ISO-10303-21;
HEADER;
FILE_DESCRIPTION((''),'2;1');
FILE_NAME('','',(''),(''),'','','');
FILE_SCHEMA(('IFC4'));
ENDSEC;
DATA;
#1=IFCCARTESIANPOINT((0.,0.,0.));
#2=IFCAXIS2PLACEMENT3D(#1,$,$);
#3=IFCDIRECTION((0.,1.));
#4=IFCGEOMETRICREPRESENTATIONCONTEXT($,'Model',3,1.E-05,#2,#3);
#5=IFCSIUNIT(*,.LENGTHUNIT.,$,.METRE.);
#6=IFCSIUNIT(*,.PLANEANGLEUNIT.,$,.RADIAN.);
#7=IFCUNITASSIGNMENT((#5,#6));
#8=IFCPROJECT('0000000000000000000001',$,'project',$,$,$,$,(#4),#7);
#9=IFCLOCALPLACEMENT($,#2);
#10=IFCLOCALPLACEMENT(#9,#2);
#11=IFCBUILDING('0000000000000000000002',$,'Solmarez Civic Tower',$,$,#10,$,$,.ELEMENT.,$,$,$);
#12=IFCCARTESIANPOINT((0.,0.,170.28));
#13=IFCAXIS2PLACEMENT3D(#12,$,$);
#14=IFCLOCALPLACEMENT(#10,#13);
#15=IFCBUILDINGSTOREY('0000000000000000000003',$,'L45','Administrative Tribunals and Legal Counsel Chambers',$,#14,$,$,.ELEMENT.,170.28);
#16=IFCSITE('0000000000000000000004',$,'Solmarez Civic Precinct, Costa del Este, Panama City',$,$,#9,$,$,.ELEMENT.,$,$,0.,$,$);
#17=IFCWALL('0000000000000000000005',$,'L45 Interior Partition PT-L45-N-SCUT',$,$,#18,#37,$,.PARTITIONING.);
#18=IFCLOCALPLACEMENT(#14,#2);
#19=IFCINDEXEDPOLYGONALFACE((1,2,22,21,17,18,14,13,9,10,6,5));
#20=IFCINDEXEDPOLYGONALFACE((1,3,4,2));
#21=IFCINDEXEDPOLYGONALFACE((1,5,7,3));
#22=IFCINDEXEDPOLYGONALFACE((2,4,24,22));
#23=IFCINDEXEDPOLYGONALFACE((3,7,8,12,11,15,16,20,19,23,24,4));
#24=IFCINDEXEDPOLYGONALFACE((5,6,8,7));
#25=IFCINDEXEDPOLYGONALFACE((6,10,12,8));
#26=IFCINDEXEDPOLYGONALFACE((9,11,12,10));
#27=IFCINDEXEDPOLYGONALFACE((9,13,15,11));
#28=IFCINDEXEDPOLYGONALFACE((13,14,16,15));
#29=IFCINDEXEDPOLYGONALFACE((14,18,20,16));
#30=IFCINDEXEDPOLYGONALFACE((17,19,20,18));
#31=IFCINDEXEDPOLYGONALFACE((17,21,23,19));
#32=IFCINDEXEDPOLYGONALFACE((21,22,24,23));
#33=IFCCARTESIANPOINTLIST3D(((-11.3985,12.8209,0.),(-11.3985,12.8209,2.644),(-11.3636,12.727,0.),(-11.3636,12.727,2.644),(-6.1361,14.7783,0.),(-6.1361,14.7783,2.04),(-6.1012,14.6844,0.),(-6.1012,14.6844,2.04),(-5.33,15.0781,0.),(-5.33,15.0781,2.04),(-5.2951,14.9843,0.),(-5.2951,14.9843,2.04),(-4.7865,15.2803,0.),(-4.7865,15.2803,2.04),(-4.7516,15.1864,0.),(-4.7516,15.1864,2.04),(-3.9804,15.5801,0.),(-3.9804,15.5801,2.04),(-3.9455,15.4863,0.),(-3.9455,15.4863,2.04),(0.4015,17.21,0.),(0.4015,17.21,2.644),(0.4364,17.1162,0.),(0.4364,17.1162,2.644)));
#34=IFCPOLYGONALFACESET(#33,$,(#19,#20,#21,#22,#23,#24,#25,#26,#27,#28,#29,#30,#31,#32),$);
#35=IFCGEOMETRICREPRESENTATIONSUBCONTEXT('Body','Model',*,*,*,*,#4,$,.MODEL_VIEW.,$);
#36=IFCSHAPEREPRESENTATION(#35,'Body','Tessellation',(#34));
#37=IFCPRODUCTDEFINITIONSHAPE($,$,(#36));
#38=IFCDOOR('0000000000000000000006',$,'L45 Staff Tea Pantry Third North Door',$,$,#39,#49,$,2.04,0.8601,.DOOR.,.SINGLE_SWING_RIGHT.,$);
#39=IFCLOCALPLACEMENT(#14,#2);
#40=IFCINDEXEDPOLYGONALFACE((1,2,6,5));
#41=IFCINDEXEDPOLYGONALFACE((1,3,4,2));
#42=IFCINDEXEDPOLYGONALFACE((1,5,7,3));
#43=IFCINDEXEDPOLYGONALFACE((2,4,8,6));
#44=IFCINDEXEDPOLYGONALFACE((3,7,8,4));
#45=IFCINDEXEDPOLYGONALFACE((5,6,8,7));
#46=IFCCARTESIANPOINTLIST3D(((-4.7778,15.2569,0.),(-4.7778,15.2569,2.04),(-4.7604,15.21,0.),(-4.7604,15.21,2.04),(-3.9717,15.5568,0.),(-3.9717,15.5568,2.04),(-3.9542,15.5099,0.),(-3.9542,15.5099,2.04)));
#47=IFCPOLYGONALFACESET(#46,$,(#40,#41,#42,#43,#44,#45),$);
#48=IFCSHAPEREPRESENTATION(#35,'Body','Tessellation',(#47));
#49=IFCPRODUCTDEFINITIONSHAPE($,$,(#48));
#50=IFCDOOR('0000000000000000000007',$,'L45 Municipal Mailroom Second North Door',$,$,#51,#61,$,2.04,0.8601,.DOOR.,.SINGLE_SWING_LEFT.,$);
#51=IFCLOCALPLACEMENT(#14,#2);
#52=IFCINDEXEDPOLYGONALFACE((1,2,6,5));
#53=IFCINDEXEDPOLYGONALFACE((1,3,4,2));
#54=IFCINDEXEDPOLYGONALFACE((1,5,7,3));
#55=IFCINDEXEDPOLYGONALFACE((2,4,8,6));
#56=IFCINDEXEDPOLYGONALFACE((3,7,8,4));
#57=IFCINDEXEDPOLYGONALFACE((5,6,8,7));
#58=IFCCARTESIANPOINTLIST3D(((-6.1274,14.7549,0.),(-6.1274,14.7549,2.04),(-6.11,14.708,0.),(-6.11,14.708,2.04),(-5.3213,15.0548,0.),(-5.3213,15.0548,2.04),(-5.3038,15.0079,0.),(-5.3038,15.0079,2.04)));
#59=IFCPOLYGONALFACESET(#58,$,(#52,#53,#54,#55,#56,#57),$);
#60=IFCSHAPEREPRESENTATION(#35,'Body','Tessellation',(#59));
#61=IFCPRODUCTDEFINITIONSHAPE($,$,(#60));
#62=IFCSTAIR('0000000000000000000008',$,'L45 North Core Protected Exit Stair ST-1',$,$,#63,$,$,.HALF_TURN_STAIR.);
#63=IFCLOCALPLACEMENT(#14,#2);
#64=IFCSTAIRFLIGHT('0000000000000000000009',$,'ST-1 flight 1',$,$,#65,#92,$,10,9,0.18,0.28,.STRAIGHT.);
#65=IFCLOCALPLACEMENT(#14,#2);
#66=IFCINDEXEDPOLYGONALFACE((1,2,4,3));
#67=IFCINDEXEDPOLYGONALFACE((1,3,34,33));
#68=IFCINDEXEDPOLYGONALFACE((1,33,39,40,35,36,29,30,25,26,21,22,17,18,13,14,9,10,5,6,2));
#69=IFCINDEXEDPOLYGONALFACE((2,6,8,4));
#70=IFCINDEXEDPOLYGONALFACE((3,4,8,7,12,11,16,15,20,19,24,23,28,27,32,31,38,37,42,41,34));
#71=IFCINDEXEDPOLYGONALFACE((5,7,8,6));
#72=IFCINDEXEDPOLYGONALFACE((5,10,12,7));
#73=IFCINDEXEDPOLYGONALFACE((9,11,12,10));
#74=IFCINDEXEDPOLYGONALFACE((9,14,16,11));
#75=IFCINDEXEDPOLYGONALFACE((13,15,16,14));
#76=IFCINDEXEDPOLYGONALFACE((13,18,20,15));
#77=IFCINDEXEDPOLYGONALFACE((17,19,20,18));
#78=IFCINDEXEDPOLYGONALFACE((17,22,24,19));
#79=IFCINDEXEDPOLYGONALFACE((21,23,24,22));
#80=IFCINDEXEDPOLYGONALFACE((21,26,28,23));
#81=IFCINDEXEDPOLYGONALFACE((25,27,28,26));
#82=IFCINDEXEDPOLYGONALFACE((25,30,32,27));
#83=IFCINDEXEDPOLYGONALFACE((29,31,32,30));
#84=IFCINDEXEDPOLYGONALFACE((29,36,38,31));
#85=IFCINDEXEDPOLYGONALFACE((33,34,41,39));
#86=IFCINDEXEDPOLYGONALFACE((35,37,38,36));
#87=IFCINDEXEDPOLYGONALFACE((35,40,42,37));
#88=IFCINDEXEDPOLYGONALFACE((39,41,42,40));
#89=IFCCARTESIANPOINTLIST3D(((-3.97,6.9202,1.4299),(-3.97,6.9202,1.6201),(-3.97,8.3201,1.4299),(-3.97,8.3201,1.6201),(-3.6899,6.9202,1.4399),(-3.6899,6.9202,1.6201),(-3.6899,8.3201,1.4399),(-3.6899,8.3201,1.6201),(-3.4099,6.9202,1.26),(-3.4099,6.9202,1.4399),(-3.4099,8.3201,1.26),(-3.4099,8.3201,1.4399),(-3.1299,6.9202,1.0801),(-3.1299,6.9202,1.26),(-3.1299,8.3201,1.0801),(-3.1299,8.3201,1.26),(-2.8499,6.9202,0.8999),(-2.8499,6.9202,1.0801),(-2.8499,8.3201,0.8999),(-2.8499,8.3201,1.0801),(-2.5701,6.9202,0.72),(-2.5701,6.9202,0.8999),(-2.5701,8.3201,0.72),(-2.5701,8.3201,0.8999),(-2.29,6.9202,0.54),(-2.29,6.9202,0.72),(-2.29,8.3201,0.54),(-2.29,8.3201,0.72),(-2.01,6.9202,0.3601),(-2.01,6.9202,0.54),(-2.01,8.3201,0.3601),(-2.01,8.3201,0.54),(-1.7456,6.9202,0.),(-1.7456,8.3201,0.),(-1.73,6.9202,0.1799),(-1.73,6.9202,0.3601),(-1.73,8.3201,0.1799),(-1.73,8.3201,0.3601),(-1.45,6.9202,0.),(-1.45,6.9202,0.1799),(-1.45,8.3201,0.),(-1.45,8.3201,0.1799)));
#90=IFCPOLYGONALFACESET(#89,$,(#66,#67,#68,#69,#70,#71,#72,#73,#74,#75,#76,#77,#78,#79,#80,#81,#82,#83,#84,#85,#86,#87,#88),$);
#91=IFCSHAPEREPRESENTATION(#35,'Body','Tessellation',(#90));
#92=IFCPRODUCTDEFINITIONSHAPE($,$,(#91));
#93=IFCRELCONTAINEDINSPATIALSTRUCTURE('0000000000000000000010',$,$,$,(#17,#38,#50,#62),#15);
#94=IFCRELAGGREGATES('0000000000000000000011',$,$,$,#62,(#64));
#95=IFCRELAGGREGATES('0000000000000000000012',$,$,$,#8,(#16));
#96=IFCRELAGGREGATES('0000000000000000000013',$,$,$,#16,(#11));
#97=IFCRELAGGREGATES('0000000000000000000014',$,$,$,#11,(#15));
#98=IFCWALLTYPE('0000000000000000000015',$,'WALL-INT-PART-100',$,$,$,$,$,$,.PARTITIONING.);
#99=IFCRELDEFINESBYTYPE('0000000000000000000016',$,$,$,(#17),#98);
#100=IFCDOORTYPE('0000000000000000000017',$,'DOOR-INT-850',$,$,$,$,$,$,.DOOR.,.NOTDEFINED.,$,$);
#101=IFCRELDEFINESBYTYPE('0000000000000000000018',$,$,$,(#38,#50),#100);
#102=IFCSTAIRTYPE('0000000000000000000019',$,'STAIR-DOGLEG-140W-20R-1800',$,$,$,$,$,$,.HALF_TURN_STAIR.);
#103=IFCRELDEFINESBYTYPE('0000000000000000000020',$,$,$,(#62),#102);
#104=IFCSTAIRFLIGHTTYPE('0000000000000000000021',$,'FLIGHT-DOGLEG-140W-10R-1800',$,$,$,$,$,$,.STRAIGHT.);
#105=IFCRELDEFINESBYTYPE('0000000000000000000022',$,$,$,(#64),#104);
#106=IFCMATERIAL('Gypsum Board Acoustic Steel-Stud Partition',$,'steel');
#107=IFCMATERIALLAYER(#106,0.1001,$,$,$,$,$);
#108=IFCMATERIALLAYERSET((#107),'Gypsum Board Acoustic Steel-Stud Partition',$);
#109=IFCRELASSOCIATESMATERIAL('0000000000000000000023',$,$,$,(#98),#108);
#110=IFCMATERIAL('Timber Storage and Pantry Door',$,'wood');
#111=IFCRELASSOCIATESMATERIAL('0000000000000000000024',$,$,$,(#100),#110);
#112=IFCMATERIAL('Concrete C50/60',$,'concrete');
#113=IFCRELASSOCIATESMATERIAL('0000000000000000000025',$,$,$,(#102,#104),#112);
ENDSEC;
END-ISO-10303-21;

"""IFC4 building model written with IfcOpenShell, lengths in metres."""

from ifc_helpers import new_model, si_unit, direction, frame, frame_2d, origin, place, context, subcontext, project, spatial, polyline, rectangle, outline, extrude, material, layer, layer_set, type_object, element, fill, aggregate, save


model = new_model("IFC4")

# Units and contexts
model_context = context("Model", 3, precision=1e-05, world=origin(), true_north=direction((0.0, 1.0)))
body_context = subcontext(model_context, "Body", "Model", "MODEL_VIEW")
ifc_project = project(units=[si_unit("LENGTHUNIT", "METRE"), si_unit("PLANEANGLEUNIT", "RADIAN")], contexts=[model_context])

# Site, building, storey
site_placement = place(None, origin())
site = spatial("IfcSite", under=ifc_project, at=site_placement, Name="Solmarez Civic Precinct, Costa del Este, Panama City", CompositionType="ELEMENT", RefElevation=0.0)
building_placement = place(site_placement, origin())
building = spatial("IfcBuilding", under=site, at=building_placement, Name="Solmarez Civic Tower", CompositionType="ELEMENT")
storey_placement = place(building_placement, frame((0.0, 0.0, 170.28)))
storey = spatial("IfcBuildingStorey", under=building, at=storey_placement, Name="L45", Description="Administrative Tribunals and Legal Counsel Chambers", CompositionType="ELEMENT", Elevation=170.28)

# Shared definitions
ifc_material_1 = material(Name="Concrete C50/60", Category="concrete")
ifc_material_2 = material(Name="Gypsum Board Acoustic Steel-Stud Partition", Category="steel")
ifc_layer_1 = layer(ifc_material_2, 0.1001)
ifc_layer_set_1 = layer_set([ifc_layer_1], Name="Gypsum Board Acoustic Steel-Stud Partition")
wall_type_1 = type_object("IfcWallType", Name="WALL-INT-PART-100", PredefinedType="PARTITIONING", material=ifc_layer_set_1)

# Wall, openings, doors
wall_1_placement = place(storey_placement, frame((0.4189, 17.1631, 0.0), z_axis=(0.0, 0.0, 1.0), x_axis=(-0.937262, -0.348625, 0.0)))
wall_1 = element("IfcWall", 1, at=wall_1_placement, inside=storey, type_object=wall_type_1, Name="L45 Interior Partition PT-L45-N-SCUT", PredefinedType="PARTITIONING", context=body_context, shape_type="SweptSolid", body=[
    extrude(rectangle(XDim=12.5898, YDim=0.1001, at=frame_2d((6.2949, 0.0))), origin(), (0.0, 0.0, 1.0), 2.644),
])
opening_1_placement = place(wall_1_placement, frame((4.675, 0.0, 0.0)))
opening_1 = element("IfcOpeningElement", 2, at=opening_1_placement, cuts=wall_1, PredefinedType="OPENING", context=body_context, shape_type="SweptSolid", body=[
    extrude(rectangle(XDim=0.8601, YDim=2.04, at=frame_2d((0.4302, 1.02))), frame((0.0, 0.0601, 0.0), z_axis=(0.0, -1.0, 0.0), x_axis=(1.0, 0.0, 0.0)), (0.0, 0.0, 1.0), 0.1201),
])
opening_2_placement = place(wall_1_placement, frame((6.115, 0.0, 0.0)))
opening_2 = element("IfcOpeningElement", 3, at=opening_2_placement, cuts=wall_1, PredefinedType="OPENING", context=body_context, shape_type="SweptSolid", body=[
    extrude(rectangle(XDim=0.8601, YDim=2.04, at=frame_2d((0.4302, 1.02))), frame((0.0, 0.0601, 0.0), z_axis=(0.0, -1.0, 0.0), x_axis=(1.0, 0.0, 0.0)), (0.0, 0.0, 1.0), 0.1201),
])
ifc_material_3 = material(Name="Timber Storage and Pantry Door", Category="wood")
door_type = type_object("IfcDoorType", Name="DOOR-INT-850", OperationType="NOTDEFINED", PredefinedType="DOOR", material=ifc_material_3)
door_1_placement = place(opening_1_placement, origin())
door_1 = element("IfcDoor", 4, at=door_1_placement, inside=storey, type_object=door_type, Name="L45 Staff Tea Pantry Third North Door", OperationType="SINGLE_SWING_RIGHT", OverallHeight=2.04, OverallWidth=0.8601, PredefinedType="DOOR", context=body_context, shape_type="SweptSolid", body=[
    extrude(rectangle(XDim=0.8601, YDim=2.04, at=frame_2d((0.4302, 1.02))), frame((0.0, 0.0249, 0.0), z_axis=(0.0, -1.0, 0.0), x_axis=(1.0, 0.0, 0.0)), (0.0, 0.0, 1.0), 0.05),
])
fill(opening_1, door_1)
door_2_placement = place(opening_2_placement, origin())
door_2 = element("IfcDoor", 5, at=door_2_placement, inside=storey, type_object=door_type, Name="L45 Municipal Mailroom Second North Door", OperationType="SINGLE_SWING_LEFT", OverallHeight=2.04, OverallWidth=0.8601, PredefinedType="DOOR", context=body_context, shape_type="SweptSolid", body=[
    extrude(rectangle(XDim=0.8601, YDim=2.04, at=frame_2d((0.4302, 1.02))), frame((0.0, 0.0249, 0.0), z_axis=(0.0, -1.0, 0.0), x_axis=(1.0, 0.0, 0.0)), (0.0, 0.0, 1.0), 0.05),
])
fill(opening_2, door_2)

# Stair, stair flight
stair_type = type_object("IfcStairType", Name="STAIR-DOGLEG-140W-20R-1800", PredefinedType="HALF_TURN_STAIR", material=ifc_material_1)
stair_placement = place(storey_placement, origin())
stair = element("IfcStair", 6, at=stair_placement, inside=storey, type_object=stair_type, Name="L45 North Core Protected Exit Stair ST-1", PredefinedType="HALF_TURN_STAIR")
stair_flight_type = type_object("IfcStairFlightType", Name="FLIGHT-DOGLEG-140W-10R-1800", PredefinedType="STRAIGHT", material=ifc_material_1)
stair_flight_placement = place(storey_placement, frame((-1.45, 7.6201, 0.0), z_axis=(0.0, 0.0, 1.0), x_axis=(-1.0, 0.0, 0.0)))
stair_flight = element("IfcStairFlight", 7, at=stair_flight_placement, type_object=stair_flight_type, Name="ST-1 flight 1", NumberOfRisers=10, NumberOfTreads=9, PredefinedType="STRAIGHT", RiserHeight=0.18, TreadLength=0.28, context=body_context, shape_type="SweptSolid", body=[
    extrude(outline(polyline([(0.0, 0.0), (0.0, 0.1799), (0.28, 0.1799), (0.28, 0.3601), (0.5601, 0.3601), (0.5601, 0.54), (0.8401, 0.54), (0.8401, 0.72), (1.1201, 0.72), (1.1201, 0.8999), (1.3999, 0.8999), (1.3999, 1.0801), (1.6799, 1.0801), (1.6799, 1.26), (1.96, 1.26), (1.96, 1.4399), (2.24, 1.4399), (2.24, 1.6201), (2.52, 1.6201), (2.52, 1.8), (2.52, 1.4299), (0.2957, 0.0), (0.0, 0.0)])), frame((0.0, 0.7, 0.0), z_axis=(0.0, -1.0, 0.0), x_axis=(1.0, 0.0, 0.0)), (0.0, 0.0, 1.0), 1.3999),
])
aggregate(stair, [stair_flight])

save(model, "model.ifc")
